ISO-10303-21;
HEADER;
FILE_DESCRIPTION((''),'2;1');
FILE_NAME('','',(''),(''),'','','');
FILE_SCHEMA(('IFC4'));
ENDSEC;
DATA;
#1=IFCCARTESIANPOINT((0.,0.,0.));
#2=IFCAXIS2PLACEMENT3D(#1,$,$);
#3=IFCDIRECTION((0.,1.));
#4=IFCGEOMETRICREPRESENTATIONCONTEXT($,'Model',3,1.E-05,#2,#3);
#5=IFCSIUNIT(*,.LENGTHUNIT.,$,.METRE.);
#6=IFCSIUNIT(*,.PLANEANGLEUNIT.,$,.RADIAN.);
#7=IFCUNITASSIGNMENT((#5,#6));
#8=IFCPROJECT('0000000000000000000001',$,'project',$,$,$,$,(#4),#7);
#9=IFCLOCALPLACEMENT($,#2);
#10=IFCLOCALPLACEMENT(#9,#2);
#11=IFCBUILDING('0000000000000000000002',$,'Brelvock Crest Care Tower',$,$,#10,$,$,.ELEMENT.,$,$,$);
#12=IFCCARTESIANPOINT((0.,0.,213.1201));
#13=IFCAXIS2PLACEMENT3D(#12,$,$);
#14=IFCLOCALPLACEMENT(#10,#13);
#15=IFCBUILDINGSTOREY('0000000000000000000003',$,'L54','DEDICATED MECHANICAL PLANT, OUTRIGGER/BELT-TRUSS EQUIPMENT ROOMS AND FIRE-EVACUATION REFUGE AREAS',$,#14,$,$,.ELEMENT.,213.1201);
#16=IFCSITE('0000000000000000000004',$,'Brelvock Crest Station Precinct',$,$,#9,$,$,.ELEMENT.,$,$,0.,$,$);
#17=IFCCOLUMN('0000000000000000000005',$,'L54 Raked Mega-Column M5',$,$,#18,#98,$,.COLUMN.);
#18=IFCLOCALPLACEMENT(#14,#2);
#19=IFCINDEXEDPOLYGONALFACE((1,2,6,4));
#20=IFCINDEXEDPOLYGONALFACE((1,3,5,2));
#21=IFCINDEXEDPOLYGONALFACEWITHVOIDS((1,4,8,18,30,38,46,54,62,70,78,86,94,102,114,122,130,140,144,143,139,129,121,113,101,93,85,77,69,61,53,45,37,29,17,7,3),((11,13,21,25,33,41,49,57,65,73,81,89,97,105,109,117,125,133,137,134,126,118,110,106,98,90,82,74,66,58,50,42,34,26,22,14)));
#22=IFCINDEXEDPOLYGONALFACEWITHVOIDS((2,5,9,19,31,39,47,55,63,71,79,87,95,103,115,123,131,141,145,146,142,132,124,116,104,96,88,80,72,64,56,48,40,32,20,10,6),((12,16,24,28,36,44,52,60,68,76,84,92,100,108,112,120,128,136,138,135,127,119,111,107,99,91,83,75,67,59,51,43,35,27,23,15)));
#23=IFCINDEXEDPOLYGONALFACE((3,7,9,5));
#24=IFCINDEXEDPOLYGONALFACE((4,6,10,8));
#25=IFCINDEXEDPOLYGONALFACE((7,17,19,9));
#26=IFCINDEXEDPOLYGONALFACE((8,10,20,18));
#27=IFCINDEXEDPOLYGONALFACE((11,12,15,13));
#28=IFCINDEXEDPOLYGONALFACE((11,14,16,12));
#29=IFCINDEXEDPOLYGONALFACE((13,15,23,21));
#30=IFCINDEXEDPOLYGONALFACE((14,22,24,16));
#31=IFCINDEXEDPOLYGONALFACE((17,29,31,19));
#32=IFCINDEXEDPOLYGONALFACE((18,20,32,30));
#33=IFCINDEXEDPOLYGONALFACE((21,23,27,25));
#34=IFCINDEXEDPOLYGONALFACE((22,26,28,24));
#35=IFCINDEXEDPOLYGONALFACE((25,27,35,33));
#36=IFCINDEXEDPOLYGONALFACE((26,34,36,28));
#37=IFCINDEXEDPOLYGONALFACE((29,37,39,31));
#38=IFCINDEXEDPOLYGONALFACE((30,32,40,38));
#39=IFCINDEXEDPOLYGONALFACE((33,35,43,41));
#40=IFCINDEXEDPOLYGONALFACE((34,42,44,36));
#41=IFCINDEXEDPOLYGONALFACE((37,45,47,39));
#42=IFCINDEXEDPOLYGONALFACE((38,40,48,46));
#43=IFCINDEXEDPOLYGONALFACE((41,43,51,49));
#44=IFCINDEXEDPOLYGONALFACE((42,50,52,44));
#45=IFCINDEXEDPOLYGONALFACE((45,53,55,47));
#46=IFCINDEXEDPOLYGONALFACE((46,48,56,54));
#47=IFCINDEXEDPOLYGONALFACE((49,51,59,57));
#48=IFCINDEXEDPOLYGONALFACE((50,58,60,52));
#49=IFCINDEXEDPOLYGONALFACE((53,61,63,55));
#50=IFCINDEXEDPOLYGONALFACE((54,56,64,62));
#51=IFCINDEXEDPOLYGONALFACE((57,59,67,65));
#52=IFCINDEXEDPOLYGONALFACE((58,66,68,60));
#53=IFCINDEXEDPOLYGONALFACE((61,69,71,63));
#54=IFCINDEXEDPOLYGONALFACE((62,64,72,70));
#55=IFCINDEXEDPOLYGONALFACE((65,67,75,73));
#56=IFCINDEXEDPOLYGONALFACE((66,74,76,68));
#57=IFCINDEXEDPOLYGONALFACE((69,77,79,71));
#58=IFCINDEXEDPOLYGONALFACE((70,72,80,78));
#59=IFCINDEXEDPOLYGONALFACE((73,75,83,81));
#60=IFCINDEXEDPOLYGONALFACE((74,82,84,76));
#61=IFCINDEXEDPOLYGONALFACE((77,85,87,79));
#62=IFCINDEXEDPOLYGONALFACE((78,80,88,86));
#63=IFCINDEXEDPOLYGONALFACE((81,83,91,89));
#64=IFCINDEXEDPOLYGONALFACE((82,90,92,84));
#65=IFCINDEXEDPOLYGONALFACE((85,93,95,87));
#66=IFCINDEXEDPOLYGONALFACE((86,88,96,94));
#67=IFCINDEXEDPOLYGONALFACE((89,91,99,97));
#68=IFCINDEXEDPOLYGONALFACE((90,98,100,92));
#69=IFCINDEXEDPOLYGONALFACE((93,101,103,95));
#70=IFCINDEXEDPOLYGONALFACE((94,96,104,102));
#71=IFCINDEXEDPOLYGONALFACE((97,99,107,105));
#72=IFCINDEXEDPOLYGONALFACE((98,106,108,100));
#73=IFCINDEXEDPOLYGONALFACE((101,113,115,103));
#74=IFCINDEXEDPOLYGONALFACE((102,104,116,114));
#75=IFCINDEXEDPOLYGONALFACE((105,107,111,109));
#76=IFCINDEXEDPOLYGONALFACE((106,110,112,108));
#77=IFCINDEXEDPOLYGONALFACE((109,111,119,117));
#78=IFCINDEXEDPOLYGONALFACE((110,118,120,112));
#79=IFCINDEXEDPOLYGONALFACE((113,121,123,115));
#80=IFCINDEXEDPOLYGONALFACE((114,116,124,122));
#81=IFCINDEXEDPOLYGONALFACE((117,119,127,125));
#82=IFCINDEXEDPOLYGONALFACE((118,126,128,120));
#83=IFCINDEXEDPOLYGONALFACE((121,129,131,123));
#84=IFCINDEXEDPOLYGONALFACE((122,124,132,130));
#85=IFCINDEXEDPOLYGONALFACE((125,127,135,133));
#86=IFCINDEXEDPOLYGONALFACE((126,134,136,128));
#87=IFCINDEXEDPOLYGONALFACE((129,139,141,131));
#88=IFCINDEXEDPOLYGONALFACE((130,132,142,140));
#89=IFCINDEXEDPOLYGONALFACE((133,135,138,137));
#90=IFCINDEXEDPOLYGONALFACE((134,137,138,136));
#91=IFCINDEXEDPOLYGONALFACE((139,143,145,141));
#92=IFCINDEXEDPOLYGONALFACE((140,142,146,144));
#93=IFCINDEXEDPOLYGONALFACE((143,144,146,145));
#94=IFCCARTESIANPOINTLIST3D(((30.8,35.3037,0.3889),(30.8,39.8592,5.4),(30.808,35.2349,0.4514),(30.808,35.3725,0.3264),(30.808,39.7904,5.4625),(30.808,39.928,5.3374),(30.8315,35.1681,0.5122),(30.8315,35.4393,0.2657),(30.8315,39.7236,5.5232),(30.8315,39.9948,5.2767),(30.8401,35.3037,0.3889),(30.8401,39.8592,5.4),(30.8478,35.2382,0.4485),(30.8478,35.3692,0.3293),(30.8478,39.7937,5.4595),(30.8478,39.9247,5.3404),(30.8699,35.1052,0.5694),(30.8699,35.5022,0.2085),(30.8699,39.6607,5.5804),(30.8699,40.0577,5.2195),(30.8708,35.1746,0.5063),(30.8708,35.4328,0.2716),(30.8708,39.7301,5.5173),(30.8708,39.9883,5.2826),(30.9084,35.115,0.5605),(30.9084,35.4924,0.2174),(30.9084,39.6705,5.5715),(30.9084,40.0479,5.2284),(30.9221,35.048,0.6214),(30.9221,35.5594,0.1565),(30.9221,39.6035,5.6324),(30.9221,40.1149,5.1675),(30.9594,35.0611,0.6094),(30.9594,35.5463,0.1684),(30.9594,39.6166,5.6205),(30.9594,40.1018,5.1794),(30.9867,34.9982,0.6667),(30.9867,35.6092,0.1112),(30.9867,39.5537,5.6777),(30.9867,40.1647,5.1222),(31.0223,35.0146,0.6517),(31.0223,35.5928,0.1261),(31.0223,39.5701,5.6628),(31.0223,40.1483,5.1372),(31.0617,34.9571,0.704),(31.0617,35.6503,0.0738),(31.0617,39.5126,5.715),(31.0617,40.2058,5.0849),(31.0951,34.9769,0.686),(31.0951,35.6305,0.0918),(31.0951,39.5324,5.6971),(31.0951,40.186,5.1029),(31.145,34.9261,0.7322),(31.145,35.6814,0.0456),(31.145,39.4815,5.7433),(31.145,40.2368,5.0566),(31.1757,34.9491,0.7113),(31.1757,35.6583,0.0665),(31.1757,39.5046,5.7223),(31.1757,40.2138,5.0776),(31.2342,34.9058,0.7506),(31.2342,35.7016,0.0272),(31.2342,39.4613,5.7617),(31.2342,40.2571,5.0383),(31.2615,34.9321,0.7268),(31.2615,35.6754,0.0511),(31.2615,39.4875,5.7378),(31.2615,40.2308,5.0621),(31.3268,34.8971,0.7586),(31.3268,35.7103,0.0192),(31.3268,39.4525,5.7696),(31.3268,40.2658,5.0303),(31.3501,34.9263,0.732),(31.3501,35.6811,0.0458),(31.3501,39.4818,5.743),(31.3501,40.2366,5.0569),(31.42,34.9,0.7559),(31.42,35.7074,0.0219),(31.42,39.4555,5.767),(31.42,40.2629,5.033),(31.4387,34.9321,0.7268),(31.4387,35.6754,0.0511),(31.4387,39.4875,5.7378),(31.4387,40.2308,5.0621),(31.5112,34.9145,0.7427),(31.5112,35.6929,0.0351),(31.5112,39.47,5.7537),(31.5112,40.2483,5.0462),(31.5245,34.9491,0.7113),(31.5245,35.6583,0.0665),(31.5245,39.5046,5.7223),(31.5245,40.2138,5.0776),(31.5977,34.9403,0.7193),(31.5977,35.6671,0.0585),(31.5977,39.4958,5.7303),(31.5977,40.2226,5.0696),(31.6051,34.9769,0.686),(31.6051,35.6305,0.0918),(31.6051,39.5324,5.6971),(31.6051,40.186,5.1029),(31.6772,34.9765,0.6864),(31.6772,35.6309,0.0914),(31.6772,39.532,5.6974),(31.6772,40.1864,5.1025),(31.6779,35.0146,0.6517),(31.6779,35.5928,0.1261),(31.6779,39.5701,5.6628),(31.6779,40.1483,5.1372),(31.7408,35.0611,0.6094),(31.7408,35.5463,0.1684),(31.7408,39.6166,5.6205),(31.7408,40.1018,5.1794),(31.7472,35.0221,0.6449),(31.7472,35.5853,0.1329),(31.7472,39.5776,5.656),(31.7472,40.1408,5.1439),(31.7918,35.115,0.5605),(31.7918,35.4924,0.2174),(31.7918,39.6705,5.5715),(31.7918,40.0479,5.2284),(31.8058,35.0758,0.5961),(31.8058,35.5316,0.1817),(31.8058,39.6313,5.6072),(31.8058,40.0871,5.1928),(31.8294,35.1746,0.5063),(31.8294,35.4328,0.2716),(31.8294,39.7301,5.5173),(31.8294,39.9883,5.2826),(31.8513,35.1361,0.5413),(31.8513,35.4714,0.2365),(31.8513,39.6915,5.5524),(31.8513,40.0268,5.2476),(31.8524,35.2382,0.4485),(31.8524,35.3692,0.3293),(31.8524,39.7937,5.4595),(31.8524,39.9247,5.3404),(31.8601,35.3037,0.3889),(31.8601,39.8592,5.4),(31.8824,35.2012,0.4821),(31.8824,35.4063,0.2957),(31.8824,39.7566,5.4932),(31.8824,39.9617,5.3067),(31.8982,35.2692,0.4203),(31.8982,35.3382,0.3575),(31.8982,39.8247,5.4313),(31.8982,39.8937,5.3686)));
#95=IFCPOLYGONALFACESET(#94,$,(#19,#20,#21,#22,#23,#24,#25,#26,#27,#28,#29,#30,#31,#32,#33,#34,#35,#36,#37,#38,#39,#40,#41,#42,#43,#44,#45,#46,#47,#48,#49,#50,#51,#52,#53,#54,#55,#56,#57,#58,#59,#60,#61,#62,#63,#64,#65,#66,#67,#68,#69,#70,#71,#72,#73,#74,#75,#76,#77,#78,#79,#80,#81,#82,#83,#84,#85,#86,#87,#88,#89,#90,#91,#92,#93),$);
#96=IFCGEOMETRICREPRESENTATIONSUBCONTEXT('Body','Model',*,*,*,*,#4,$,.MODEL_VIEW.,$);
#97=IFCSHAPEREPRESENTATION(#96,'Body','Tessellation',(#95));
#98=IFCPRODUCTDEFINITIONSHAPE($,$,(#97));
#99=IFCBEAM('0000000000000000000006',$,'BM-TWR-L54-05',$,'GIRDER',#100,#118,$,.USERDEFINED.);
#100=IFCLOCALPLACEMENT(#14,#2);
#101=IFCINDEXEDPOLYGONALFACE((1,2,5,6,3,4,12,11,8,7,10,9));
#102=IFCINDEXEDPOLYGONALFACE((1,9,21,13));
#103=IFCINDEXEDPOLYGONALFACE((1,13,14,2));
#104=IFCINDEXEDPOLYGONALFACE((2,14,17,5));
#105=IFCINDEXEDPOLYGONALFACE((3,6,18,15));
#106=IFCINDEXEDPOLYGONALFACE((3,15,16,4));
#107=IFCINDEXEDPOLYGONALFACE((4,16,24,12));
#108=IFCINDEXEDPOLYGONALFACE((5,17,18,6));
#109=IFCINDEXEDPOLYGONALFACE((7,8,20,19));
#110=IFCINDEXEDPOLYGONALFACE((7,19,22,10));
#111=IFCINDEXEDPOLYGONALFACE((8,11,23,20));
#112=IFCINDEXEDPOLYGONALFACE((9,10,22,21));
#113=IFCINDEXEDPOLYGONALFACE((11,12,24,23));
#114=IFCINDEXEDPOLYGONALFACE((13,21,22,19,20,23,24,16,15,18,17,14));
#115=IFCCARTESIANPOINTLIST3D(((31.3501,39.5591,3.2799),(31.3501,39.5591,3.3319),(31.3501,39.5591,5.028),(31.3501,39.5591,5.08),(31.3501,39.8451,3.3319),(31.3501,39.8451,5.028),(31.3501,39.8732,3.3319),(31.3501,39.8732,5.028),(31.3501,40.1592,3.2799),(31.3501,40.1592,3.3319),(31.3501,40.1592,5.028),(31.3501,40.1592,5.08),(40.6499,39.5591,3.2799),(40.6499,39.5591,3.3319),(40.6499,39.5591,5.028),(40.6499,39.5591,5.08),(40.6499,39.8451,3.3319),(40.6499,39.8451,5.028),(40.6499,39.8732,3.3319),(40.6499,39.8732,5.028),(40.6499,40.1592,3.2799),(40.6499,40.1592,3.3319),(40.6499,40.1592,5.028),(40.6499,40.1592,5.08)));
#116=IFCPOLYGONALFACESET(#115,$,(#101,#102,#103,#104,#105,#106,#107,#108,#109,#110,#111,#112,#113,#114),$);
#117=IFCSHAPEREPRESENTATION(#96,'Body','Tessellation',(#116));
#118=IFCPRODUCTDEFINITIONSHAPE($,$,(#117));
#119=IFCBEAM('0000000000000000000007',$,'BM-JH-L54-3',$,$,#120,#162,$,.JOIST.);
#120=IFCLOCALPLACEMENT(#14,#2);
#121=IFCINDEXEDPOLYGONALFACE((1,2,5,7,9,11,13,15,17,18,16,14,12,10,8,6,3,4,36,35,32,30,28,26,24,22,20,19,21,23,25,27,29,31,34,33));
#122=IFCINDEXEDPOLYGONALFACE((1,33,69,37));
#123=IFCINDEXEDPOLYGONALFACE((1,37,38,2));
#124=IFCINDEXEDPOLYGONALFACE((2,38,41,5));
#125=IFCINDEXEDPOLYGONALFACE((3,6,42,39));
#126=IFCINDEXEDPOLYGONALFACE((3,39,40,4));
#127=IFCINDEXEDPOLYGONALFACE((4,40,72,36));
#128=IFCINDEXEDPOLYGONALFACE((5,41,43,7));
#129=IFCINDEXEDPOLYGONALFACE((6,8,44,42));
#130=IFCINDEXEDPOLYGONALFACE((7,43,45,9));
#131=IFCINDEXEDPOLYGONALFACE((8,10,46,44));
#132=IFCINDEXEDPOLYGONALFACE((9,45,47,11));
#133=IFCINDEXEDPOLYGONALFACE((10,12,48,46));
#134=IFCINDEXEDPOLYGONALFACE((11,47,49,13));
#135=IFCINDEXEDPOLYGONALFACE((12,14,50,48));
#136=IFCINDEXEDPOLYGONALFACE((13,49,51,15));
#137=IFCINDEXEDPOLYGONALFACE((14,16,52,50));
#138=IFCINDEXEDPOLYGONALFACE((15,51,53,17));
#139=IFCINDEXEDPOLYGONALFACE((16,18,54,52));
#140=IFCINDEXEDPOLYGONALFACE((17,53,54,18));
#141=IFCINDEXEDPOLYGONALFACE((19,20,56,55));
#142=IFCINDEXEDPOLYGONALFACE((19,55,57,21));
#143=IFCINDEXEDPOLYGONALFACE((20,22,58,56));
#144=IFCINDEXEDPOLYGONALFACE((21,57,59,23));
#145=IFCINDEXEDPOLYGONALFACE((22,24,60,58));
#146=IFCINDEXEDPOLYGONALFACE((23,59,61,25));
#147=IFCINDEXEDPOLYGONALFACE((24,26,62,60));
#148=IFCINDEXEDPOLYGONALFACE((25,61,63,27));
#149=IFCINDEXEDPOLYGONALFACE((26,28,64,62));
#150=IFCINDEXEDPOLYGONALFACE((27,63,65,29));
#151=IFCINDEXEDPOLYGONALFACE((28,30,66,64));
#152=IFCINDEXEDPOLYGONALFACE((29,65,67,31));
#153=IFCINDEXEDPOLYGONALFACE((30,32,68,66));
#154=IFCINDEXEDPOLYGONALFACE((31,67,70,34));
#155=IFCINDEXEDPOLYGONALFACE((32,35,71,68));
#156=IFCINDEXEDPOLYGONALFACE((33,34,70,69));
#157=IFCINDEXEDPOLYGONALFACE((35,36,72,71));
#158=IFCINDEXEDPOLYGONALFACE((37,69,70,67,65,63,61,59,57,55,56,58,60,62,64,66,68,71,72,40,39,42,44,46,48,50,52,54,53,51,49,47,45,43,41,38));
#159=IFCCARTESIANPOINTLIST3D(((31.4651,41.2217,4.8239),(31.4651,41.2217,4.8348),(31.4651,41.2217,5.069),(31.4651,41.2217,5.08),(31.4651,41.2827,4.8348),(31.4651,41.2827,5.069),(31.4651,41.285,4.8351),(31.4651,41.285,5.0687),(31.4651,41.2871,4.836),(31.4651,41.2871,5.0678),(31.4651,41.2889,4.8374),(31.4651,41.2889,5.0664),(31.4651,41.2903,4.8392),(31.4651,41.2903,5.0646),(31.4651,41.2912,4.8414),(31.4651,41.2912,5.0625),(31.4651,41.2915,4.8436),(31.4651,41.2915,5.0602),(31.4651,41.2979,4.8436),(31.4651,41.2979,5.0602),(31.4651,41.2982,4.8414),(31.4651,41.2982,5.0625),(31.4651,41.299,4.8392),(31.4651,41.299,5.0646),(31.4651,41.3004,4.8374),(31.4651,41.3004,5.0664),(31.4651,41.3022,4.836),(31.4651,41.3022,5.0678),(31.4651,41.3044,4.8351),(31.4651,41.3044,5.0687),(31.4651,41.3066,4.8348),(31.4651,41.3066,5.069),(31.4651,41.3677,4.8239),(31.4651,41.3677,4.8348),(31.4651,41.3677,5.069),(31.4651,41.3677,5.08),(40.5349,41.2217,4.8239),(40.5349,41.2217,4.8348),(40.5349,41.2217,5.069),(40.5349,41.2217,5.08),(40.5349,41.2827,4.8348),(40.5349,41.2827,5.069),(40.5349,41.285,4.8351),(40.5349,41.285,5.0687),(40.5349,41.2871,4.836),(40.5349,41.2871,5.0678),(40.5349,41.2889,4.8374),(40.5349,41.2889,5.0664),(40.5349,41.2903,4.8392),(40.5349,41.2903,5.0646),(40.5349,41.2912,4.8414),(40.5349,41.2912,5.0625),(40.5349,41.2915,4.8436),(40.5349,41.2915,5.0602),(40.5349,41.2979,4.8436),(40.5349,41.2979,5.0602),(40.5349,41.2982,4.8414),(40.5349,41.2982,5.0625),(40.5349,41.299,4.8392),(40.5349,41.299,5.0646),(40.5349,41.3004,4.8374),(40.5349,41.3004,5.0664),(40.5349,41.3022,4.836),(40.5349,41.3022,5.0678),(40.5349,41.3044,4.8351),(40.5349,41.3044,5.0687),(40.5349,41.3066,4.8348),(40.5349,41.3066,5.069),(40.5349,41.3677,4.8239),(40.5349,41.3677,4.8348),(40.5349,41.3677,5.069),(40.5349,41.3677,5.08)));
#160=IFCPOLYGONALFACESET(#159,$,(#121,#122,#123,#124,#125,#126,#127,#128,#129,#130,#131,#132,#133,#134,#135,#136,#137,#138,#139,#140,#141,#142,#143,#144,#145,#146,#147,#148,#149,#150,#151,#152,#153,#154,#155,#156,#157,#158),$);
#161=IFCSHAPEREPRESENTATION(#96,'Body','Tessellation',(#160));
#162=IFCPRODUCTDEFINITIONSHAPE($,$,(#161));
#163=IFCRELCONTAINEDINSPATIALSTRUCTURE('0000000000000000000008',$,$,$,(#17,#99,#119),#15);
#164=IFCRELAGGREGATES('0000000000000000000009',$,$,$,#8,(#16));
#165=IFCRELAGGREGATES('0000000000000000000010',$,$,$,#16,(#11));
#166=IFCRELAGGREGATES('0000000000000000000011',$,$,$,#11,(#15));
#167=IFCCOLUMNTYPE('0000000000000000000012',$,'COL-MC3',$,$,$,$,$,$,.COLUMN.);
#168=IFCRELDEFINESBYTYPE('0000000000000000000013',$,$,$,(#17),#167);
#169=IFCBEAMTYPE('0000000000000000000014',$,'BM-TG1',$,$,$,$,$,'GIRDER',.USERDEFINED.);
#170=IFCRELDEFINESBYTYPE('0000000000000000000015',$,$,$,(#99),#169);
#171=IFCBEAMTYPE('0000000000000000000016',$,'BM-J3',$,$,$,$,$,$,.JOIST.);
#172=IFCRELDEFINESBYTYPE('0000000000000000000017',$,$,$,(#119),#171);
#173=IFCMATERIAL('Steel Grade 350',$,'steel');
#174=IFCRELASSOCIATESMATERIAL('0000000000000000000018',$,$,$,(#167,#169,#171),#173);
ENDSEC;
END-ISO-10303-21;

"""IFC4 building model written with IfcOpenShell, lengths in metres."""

from ifc_helpers import new_model, si_unit, direction, frame, origin, origin_2d, place, context, subcontext, project, spatial, hollow_circle, i_section, extrude, source, transform, mapped, material, material_profile, profile_set, type_object, element, save


model = new_model("IFC4")

# Units and contexts
model_context = context("Model", 3, precision=1e-05, world=origin(), true_north=direction((0.0, 1.0)))
body_context = subcontext(model_context, "Body", "Model", "MODEL_VIEW")
ifc_project = project(units=[si_unit("LENGTHUNIT", "METRE"), si_unit("PLANEANGLEUNIT", "RADIAN")], contexts=[model_context])

# Site, building, storey
site_placement = place(None, origin())
site = spatial("IfcSite", under=ifc_project, at=site_placement, Name="Brelvock Crest Station Precinct", CompositionType="ELEMENT", RefElevation=0.0)
building_placement = place(site_placement, origin())
building = spatial("IfcBuilding", under=site, at=building_placement, Name="Brelvock Crest Care Tower", CompositionType="ELEMENT")
storey_placement = place(building_placement, frame((0.0, 0.0, 213.1201)))
storey = spatial("IfcBuildingStorey", under=building, at=storey_placement, Name="L54", Description="DEDICATED MECHANICAL PLANT, OUTRIGGER/BELT-TRUSS EQUIPMENT ROOMS AND FIRE-EVACUATION REFUGE AREAS", CompositionType="ELEMENT", Elevation=213.1201)

# Column
ifc_material = material(Name="Steel Grade 350", Category="steel")
ifc_material_profile_1 = material_profile(ifc_material, hollow_circle(Radius=0.55, WallThickness=0.04, at=origin_2d()), Name="CFT1100x40")
ifc_profile_set_1 = profile_set([ifc_material_profile_1], Name="Steel Grade 350")
column_type = type_object("IfcColumnType", Name="COL-MC3", PredefinedType="COLUMN", material=ifc_profile_set_1)
shared_shape_1 = source(origin(), body_context, "Body", "SweptSolid", [
    extrude(hollow_circle(Radius=0.55, WallThickness=0.04, at=origin_2d()), origin(), (0.0, 0.0, 1.0), 6.7722),
])
column_placement = place(storey_placement, frame((31.3501, 35.3037, 0.3889), z_axis=(0.0, 0.672671, 0.739942), x_axis=(-1.0, 0.0, 0.0)))
element("IfcColumn", 1, at=column_placement, inside=storey, type_object=column_type, Name="L54 Raked Mega-Column M5", PredefinedType="COLUMN", context=body_context, shape_type="MappedRepresentation", body=[
    mapped(shared_shape_1, transform((0.0, 0.0, 0.0), x_axis=(1.0, 0.0, 0.0), y_axis=(0.0, 1.0, 0.0), z_axis=(0.0, 0.0, 1.0), scale=1.0)),
])

# Beams
ifc_material_profile_2 = material_profile(ifc_material, i_section(OverallWidth=0.6001, OverallDepth=1.8, WebThickness=0.0281, FlangeThickness=0.052, at=origin_2d()), Name="1800TG740")
ifc_profile_set_2 = profile_set([ifc_material_profile_2], Name="Steel Grade 350")
beam_type_1 = type_object("IfcBeamType", Name="BM-TG1", ElementType="GIRDER", PredefinedType="USERDEFINED", material=ifc_profile_set_2)
shared_shape_2 = source(origin(), body_context, "Body", "SweptSolid", [
    extrude(i_section(OverallWidth=0.6001, OverallDepth=1.8, WebThickness=0.0281, FlangeThickness=0.052, at=origin_2d()), origin(), (0.0, 0.0, 1.0), 9.2998),
])
beam_1_placement = place(storey_placement, frame((31.3501, 39.8591, 4.1799), z_axis=(1.0, 0.0, 0.0), x_axis=(0.0, 1.0, 0.0)))
element("IfcBeam", 2, at=beam_1_placement, inside=storey, type_object=beam_type_1, Name="BM-TWR-L54-05", ObjectType="GIRDER", PredefinedType="USERDEFINED", context=body_context, shape_type="MappedRepresentation", body=[
    mapped(shared_shape_2, transform((0.0, 0.0, 0.0), x_axis=(1.0, 0.0, 0.0), y_axis=(0.0, 1.0, 0.0), z_axis=(0.0, 0.0, 1.0), scale=1.0)),
])
ifc_material_profile_3 = material_profile(ifc_material, i_section(OverallWidth=0.146, OverallDepth=0.2561, WebThickness=0.0063, FlangeThickness=0.011, FilletRadius=0.0088, at=origin_2d()), Name="250UB37.3")
ifc_profile_set_3 = profile_set([ifc_material_profile_3], Name="Steel Grade 350")
beam_type_2 = type_object("IfcBeamType", Name="BM-J3", PredefinedType="JOIST", material=ifc_profile_set_3)
shared_shape_3 = source(origin(), body_context, "Body", "SweptSolid", [
    extrude(i_section(OverallWidth=0.146, OverallDepth=0.2561, WebThickness=0.0063, FlangeThickness=0.011, FilletRadius=0.0088, at=origin_2d()), origin(), (0.0, 0.0, 1.0), 9.0698),
])
for number, where, z_axis, x_axis, name in (
    (3, (31.4651, 41.2947, 4.9519), (1.0, 0.0, 0.0), (0.0, 1.0, 0.0), "BM-JH-L54-3"),
):
    element("IfcBeam", number, at=place(storey_placement, frame(where, z_axis=z_axis, x_axis=x_axis)), inside=storey, type_object=beam_type_2, Name=name, PredefinedType="JOIST", context=body_context, shape_type="MappedRepresentation", body=[
        mapped(shared_shape_3, transform((0.0, 0.0, 0.0), x_axis=(1.0, 0.0, 0.0), y_axis=(0.0, 1.0, 0.0), z_axis=(0.0, 0.0, 1.0), scale=1.0)),
    ])

save(model, "model.ifc")
